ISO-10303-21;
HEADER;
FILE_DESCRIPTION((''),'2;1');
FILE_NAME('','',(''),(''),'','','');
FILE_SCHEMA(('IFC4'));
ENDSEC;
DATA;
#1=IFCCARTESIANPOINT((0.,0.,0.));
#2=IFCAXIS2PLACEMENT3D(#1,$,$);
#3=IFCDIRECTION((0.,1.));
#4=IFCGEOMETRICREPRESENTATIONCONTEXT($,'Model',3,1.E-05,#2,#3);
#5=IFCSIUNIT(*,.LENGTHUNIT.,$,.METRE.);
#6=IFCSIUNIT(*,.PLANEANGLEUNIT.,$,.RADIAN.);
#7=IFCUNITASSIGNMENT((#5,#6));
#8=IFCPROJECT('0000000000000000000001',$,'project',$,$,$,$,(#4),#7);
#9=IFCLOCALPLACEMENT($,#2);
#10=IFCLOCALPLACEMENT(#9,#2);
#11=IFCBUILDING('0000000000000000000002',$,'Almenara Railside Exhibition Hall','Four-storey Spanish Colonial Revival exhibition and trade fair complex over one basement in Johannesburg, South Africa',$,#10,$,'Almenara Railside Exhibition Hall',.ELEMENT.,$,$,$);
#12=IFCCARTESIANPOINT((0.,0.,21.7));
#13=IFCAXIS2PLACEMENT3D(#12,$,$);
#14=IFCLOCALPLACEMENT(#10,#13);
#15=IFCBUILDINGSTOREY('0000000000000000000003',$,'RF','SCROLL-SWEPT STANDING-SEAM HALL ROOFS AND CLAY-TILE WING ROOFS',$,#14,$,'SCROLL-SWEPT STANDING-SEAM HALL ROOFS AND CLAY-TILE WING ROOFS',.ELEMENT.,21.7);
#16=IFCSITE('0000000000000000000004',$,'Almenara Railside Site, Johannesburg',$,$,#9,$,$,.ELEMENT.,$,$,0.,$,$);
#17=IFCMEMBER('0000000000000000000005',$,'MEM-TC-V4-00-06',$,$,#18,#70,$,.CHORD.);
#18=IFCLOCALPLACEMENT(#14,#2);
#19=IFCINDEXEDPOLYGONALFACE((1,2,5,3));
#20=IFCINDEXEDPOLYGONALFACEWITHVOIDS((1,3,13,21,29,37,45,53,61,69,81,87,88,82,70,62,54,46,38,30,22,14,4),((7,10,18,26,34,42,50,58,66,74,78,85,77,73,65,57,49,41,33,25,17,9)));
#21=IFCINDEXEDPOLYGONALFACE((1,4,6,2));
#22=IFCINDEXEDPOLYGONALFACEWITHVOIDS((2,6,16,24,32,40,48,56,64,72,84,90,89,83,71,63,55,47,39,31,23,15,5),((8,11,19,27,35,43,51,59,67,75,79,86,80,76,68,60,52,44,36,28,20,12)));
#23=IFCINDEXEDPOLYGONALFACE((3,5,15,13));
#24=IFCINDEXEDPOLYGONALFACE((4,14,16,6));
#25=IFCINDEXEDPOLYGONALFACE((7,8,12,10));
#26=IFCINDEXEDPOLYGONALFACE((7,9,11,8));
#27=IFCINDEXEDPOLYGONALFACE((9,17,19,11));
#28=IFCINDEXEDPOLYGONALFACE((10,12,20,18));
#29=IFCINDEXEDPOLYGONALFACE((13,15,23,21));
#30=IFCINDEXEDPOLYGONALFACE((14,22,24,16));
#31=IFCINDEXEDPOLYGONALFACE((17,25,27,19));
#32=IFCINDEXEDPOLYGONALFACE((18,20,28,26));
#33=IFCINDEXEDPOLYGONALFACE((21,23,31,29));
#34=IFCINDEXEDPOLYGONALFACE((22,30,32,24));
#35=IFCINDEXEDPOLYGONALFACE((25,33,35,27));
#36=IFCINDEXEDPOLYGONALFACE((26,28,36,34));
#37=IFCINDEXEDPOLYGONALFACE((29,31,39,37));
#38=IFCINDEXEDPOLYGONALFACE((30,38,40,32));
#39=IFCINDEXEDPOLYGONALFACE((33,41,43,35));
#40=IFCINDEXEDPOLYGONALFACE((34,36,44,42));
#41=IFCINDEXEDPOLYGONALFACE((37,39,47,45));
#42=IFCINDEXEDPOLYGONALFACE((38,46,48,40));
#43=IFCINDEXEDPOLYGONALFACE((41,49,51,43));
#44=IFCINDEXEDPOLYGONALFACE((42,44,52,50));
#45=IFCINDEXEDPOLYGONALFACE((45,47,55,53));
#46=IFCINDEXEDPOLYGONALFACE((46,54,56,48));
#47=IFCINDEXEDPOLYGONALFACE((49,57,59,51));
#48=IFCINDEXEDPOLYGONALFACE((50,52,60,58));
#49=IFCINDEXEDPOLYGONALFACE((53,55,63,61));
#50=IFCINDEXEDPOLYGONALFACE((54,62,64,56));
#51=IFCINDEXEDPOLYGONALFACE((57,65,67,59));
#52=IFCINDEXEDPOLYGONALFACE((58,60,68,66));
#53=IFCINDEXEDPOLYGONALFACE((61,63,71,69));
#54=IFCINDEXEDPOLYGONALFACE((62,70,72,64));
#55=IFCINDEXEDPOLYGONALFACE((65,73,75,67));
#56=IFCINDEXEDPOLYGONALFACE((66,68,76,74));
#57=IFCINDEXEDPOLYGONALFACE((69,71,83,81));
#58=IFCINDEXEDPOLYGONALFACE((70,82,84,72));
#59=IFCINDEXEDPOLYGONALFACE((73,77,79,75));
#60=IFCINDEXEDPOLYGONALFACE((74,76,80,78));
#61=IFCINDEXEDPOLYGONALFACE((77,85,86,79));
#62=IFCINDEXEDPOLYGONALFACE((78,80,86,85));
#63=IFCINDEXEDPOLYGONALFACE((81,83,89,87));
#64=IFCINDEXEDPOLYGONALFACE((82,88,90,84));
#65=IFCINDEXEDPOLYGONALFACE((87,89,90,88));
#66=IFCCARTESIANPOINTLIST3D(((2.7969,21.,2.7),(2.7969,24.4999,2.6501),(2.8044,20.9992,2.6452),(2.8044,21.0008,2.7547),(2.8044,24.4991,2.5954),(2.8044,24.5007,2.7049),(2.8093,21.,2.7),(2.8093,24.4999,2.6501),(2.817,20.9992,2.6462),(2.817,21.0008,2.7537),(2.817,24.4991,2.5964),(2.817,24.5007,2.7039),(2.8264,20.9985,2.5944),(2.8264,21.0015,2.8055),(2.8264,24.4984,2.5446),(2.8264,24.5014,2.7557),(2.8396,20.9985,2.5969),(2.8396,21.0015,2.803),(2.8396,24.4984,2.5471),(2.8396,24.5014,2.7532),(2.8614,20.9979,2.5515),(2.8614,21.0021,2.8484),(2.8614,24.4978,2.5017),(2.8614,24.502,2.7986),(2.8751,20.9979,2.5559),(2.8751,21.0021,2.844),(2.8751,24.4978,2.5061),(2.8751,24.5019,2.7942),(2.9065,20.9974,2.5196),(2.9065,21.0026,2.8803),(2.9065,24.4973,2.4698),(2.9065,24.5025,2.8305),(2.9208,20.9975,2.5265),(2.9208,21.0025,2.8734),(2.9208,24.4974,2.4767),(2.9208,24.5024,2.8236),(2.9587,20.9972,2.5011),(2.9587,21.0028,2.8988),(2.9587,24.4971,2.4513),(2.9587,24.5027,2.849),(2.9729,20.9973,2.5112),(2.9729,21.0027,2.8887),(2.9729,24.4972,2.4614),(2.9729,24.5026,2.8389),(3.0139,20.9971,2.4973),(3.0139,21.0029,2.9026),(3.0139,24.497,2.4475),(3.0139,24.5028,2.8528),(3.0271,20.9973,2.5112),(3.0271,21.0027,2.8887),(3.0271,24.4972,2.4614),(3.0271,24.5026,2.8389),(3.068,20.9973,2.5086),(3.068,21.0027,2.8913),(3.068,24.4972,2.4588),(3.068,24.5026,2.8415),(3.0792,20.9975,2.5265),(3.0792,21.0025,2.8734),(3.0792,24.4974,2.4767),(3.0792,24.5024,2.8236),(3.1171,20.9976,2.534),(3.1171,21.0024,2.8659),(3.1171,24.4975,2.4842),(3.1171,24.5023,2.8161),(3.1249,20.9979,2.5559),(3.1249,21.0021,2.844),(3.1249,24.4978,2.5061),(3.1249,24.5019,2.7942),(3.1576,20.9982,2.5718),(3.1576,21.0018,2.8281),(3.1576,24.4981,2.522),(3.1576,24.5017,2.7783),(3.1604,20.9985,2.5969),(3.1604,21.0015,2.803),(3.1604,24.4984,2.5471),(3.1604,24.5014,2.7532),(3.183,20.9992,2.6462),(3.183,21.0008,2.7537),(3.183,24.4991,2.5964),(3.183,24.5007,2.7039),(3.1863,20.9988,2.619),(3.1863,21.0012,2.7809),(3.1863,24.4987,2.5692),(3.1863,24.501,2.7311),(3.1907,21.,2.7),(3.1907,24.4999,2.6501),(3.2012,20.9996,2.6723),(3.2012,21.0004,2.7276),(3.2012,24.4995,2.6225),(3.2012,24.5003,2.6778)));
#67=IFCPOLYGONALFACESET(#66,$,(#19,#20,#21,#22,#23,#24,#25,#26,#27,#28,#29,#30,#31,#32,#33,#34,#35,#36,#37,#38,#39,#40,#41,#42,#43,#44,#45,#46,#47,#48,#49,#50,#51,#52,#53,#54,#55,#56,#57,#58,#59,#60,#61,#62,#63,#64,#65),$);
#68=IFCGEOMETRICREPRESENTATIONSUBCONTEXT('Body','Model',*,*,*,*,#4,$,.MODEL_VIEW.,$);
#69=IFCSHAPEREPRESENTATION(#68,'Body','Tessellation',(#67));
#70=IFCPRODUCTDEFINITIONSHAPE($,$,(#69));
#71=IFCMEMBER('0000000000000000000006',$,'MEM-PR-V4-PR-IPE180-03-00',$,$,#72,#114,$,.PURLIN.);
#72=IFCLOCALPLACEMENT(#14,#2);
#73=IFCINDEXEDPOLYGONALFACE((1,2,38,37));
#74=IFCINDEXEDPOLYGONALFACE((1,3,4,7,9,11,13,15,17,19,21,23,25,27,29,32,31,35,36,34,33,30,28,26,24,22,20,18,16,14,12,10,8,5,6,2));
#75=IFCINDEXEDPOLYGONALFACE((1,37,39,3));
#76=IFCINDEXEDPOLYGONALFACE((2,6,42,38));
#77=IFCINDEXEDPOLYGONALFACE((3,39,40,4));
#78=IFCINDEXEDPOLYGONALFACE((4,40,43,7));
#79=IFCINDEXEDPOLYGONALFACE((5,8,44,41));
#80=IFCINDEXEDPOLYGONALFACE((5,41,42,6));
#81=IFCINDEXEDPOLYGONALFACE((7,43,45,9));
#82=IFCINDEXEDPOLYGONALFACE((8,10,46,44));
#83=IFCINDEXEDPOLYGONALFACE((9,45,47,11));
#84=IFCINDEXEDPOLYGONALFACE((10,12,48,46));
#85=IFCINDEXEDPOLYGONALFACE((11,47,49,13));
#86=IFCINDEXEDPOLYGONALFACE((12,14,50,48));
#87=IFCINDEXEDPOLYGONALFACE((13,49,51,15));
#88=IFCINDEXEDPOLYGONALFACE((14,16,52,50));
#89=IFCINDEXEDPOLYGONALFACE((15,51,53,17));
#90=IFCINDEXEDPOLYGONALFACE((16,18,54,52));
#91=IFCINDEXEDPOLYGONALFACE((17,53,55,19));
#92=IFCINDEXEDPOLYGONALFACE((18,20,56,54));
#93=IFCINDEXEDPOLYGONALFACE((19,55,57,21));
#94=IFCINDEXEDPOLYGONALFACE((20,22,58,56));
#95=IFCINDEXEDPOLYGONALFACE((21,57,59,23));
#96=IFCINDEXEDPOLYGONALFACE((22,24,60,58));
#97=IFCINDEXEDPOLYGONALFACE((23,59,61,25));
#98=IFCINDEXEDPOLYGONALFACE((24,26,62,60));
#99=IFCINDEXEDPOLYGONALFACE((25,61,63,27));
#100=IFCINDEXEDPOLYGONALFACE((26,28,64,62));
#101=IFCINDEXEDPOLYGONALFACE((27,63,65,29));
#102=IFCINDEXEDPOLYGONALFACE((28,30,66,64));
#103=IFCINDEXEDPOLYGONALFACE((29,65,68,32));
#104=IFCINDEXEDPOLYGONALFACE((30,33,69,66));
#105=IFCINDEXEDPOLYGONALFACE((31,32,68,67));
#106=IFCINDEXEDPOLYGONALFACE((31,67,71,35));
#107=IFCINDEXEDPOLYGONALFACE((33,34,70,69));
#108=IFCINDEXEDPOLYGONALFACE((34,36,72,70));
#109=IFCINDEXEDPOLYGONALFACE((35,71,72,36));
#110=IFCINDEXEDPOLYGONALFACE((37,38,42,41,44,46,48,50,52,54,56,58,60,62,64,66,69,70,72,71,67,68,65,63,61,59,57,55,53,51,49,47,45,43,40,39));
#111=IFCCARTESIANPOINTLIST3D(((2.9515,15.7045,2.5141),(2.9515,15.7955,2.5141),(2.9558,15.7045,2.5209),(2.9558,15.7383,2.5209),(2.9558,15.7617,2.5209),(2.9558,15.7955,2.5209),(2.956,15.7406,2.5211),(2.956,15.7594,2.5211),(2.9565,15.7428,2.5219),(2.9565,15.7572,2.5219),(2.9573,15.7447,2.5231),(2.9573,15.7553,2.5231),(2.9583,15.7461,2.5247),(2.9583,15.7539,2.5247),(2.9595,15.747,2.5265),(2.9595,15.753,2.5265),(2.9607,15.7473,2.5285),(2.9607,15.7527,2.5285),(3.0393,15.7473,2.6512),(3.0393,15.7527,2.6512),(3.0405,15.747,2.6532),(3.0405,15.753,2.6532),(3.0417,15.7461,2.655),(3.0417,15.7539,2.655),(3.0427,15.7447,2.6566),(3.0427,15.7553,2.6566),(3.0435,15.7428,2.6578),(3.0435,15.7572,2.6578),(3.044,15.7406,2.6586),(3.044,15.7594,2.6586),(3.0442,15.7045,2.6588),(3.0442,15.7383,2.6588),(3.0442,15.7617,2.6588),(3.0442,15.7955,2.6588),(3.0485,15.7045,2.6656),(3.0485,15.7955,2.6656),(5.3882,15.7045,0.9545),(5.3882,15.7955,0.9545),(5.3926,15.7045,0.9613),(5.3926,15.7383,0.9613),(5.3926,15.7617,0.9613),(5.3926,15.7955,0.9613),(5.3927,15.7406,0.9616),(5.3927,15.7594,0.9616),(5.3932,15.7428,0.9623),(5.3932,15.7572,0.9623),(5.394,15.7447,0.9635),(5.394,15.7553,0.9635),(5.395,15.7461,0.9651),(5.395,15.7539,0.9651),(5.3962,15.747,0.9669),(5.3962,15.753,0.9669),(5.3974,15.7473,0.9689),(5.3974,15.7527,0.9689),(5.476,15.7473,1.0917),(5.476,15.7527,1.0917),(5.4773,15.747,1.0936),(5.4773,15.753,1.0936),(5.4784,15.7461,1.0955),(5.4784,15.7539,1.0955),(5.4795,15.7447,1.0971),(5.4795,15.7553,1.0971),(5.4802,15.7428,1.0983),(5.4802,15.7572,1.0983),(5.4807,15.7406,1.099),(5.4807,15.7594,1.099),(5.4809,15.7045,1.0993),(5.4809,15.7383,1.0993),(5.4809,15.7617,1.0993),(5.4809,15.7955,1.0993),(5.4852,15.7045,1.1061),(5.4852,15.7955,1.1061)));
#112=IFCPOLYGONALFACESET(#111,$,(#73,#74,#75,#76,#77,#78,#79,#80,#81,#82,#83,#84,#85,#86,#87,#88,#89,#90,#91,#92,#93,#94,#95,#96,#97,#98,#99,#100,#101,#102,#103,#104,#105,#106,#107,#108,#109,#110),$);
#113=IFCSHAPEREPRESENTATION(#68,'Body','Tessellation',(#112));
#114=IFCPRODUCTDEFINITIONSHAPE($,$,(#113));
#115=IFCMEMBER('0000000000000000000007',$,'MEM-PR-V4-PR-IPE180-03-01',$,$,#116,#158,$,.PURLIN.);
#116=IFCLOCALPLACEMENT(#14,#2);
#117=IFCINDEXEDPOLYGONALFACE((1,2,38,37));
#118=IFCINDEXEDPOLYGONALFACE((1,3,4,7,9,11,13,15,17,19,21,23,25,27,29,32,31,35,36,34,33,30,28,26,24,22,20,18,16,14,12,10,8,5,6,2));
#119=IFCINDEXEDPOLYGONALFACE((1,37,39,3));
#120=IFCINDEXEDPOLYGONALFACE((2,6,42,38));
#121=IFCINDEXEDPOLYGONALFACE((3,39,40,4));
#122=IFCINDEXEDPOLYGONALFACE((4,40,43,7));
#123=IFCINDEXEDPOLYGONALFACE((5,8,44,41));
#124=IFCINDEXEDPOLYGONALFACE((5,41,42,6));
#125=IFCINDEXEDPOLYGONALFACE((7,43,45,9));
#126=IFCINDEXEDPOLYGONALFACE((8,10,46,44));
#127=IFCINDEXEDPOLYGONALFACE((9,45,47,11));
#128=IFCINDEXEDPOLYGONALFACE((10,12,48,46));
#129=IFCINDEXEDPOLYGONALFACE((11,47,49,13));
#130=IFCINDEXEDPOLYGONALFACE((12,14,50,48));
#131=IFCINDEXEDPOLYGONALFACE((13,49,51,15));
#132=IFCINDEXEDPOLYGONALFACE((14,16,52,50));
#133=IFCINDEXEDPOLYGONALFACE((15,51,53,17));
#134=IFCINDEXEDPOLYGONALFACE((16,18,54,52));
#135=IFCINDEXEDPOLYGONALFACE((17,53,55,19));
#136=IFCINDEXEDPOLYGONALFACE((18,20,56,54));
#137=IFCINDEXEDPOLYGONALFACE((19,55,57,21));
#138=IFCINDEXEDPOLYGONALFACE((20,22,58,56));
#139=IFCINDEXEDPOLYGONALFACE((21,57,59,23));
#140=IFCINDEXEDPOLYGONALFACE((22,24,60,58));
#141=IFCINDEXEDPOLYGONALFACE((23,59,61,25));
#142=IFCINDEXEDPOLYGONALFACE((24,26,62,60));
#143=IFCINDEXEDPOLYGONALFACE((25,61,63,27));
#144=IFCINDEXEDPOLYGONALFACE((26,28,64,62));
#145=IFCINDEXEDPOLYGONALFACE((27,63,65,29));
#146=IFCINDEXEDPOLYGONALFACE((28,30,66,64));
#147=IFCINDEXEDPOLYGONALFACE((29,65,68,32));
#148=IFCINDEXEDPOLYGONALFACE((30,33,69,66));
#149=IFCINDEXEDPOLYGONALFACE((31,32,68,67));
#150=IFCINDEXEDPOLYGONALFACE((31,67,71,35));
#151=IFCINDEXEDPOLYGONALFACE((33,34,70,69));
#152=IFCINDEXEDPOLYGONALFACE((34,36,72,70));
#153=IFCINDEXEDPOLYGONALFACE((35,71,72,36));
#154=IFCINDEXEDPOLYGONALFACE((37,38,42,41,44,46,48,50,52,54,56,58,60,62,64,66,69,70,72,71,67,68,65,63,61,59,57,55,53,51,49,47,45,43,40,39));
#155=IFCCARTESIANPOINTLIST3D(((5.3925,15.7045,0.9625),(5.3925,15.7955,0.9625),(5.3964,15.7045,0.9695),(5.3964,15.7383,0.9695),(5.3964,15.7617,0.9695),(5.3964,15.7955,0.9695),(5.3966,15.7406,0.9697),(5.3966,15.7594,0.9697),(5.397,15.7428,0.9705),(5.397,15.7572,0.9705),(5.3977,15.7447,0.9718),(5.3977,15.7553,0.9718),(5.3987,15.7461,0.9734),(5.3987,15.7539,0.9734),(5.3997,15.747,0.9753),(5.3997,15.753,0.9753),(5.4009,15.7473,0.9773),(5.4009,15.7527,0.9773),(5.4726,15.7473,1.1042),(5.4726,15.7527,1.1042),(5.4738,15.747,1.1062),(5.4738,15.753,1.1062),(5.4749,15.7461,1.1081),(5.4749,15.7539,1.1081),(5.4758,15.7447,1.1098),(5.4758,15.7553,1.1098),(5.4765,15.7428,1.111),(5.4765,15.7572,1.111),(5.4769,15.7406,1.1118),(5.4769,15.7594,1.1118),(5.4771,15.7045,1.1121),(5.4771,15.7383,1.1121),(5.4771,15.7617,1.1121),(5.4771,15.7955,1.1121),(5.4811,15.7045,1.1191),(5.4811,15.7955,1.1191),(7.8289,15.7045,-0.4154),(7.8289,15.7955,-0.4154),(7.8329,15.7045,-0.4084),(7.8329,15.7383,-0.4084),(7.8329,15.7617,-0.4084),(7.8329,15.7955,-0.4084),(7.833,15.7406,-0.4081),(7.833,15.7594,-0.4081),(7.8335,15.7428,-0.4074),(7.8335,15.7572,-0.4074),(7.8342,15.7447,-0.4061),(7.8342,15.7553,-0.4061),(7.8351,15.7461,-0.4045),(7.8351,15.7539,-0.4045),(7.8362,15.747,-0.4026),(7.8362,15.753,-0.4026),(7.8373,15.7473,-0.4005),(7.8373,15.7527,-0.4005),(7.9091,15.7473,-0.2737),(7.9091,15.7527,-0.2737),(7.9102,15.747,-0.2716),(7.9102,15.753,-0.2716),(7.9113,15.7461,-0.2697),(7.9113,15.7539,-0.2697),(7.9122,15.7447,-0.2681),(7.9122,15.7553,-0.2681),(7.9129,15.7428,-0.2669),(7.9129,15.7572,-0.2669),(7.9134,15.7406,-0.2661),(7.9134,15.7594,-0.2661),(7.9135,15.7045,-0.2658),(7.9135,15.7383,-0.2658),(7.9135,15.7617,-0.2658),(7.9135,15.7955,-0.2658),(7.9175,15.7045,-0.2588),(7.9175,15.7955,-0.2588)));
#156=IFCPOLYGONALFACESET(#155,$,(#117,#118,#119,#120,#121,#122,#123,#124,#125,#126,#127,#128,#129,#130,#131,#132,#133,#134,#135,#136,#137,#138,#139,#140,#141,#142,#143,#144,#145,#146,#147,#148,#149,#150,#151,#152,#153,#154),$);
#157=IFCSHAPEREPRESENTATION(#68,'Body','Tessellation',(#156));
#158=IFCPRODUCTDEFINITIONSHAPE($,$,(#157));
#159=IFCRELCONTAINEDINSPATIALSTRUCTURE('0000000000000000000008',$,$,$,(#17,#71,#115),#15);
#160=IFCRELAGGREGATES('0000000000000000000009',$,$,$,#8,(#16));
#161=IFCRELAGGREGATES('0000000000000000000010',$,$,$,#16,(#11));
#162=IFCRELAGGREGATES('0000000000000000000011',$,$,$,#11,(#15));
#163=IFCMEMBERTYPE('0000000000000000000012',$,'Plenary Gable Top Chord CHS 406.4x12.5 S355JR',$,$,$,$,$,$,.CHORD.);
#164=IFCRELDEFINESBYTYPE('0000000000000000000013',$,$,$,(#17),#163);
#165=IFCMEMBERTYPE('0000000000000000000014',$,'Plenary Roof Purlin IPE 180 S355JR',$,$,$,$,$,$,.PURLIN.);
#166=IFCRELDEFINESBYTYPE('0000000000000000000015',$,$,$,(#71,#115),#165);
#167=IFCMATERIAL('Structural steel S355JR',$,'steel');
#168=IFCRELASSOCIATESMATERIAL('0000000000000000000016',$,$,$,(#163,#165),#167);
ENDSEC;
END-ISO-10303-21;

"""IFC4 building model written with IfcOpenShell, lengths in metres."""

from ifc_helpers import new_model, si_unit, direction, frame, origin, origin_2d, place, context, subcontext, project, spatial, hollow_circle, i_section, extrude, material, material_profile, profile_set, type_object, element, save


model = new_model("IFC4")

# Units and contexts
model_context = context("Model", 3, precision=1e-05, world=origin(), true_north=direction((0.0, 1.0)))
body_context = subcontext(model_context, "Body", "Model", "MODEL_VIEW")
ifc_project = project(units=[si_unit("LENGTHUNIT", "METRE"), si_unit("PLANEANGLEUNIT", "RADIAN")], contexts=[model_context])

# Site, building, storey
site_placement = place(None, origin())
site = spatial("IfcSite", under=ifc_project, at=site_placement, Name="Almenara Railside Site, Johannesburg", CompositionType="ELEMENT", RefElevation=0.0)
building_placement = place(site_placement, origin())
building = spatial("IfcBuilding", under=site, at=building_placement, Name="Almenara Railside Exhibition Hall", Description="Four-storey Spanish Colonial Revival exhibition and trade fair complex over one basement in Johannesburg, South Africa", LongName="Almenara Railside Exhibition Hall", CompositionType="ELEMENT")
storey_placement = place(building_placement, frame((0.0, 0.0, 21.7)))
storey = spatial("IfcBuildingStorey", under=building, at=storey_placement, Name="RF", Description="SCROLL-SWEPT STANDING-SEAM HALL ROOFS AND CLAY-TILE WING ROOFS", LongName="SCROLL-SWEPT STANDING-SEAM HALL ROOFS AND CLAY-TILE WING ROOFS", CompositionType="ELEMENT", Elevation=21.7)

# Members
ifc_material_1 = material(Name="Structural steel S355JR", Category="steel")
ifc_material_profile_1 = material_profile(ifc_material_1, hollow_circle(Radius=0.2031, WallThickness=0.0125, at=origin_2d()), Name="CHS 406.4x12.5")
ifc_profile_set_1 = profile_set([ifc_material_profile_1], Name="Structural steel S355JR")
member_type_1 = type_object("IfcMemberType", Name="Plenary Gable Top Chord CHS 406.4x12.5 S355JR", PredefinedType="CHORD", material=ifc_profile_set_1)
for number, where, z_axis, x_axis, name in (
    (1, (3.0, 21.0, 2.7), (0.0, 0.999899, -0.014228), (-1.0, 0.0, 0.0), "MEM-TC-V4-00-06"),
):
    element("IfcMember", number, at=place(storey_placement, frame(where, z_axis=z_axis, x_axis=x_axis)), inside=storey, type_object=member_type_1, Name=name, PredefinedType="CHORD", context=body_context, shape_type="SweptSolid", body=[
        extrude(hollow_circle(Radius=0.2031, WallThickness=0.0125, at=origin_2d()), origin(), (0.0, 0.0, 1.0), 3.5002),
    ])
ifc_material_profile_2 = material_profile(ifc_material_1, i_section(OverallWidth=0.0911, OverallDepth=0.1799, WebThickness=0.0054, FlangeThickness=0.0081, FilletRadius=0.009, at=origin_2d()), Name="IPE 180")
ifc_profile_set_2 = profile_set([ifc_material_profile_2], Name="Structural steel S355JR")
member_type_2 = type_object("IfcMemberType", Name="Plenary Roof Purlin IPE 180 S355JR", PredefinedType="PURLIN", material=ifc_profile_set_2)
member_1_placement = place(storey_placement, frame((3.0, 15.75, 2.5898), z_axis=(0.842265, 0.0, -0.539063), x_axis=(0.0, 1.0, 0.0)))
element("IfcMember", 2, at=member_1_placement, inside=storey, type_object=member_type_2, Name="MEM-PR-V4-PR-IPE180-03-00", PredefinedType="PURLIN", context=body_context, shape_type="SweptSolid", body=[
    extrude(i_section(OverallWidth=0.0911, OverallDepth=0.1799, WebThickness=0.0054, FlangeThickness=0.0081, FilletRadius=0.009, at=origin_2d()), origin(), (0.0, 0.0, 1.0), 2.8931),
])
member_2_placement = place(storey_placement, frame((5.4368, 15.75, 1.0408), z_axis=(0.870446, 0.0, -0.492264), x_axis=(0.0, 1.0, 0.0)))
element("IfcMember", 3, at=member_2_placement, inside=storey, type_object=member_type_2, Name="MEM-PR-V4-PR-IPE180-03-01", PredefinedType="PURLIN", context=body_context, shape_type="SweptSolid", body=[
    extrude(i_section(OverallWidth=0.0911, OverallDepth=0.1799, WebThickness=0.0054, FlangeThickness=0.0081, FilletRadius=0.009, at=origin_2d()), origin(), (0.0, 0.0, 1.0), 2.7991),
])

save(model, "model.ifc")
